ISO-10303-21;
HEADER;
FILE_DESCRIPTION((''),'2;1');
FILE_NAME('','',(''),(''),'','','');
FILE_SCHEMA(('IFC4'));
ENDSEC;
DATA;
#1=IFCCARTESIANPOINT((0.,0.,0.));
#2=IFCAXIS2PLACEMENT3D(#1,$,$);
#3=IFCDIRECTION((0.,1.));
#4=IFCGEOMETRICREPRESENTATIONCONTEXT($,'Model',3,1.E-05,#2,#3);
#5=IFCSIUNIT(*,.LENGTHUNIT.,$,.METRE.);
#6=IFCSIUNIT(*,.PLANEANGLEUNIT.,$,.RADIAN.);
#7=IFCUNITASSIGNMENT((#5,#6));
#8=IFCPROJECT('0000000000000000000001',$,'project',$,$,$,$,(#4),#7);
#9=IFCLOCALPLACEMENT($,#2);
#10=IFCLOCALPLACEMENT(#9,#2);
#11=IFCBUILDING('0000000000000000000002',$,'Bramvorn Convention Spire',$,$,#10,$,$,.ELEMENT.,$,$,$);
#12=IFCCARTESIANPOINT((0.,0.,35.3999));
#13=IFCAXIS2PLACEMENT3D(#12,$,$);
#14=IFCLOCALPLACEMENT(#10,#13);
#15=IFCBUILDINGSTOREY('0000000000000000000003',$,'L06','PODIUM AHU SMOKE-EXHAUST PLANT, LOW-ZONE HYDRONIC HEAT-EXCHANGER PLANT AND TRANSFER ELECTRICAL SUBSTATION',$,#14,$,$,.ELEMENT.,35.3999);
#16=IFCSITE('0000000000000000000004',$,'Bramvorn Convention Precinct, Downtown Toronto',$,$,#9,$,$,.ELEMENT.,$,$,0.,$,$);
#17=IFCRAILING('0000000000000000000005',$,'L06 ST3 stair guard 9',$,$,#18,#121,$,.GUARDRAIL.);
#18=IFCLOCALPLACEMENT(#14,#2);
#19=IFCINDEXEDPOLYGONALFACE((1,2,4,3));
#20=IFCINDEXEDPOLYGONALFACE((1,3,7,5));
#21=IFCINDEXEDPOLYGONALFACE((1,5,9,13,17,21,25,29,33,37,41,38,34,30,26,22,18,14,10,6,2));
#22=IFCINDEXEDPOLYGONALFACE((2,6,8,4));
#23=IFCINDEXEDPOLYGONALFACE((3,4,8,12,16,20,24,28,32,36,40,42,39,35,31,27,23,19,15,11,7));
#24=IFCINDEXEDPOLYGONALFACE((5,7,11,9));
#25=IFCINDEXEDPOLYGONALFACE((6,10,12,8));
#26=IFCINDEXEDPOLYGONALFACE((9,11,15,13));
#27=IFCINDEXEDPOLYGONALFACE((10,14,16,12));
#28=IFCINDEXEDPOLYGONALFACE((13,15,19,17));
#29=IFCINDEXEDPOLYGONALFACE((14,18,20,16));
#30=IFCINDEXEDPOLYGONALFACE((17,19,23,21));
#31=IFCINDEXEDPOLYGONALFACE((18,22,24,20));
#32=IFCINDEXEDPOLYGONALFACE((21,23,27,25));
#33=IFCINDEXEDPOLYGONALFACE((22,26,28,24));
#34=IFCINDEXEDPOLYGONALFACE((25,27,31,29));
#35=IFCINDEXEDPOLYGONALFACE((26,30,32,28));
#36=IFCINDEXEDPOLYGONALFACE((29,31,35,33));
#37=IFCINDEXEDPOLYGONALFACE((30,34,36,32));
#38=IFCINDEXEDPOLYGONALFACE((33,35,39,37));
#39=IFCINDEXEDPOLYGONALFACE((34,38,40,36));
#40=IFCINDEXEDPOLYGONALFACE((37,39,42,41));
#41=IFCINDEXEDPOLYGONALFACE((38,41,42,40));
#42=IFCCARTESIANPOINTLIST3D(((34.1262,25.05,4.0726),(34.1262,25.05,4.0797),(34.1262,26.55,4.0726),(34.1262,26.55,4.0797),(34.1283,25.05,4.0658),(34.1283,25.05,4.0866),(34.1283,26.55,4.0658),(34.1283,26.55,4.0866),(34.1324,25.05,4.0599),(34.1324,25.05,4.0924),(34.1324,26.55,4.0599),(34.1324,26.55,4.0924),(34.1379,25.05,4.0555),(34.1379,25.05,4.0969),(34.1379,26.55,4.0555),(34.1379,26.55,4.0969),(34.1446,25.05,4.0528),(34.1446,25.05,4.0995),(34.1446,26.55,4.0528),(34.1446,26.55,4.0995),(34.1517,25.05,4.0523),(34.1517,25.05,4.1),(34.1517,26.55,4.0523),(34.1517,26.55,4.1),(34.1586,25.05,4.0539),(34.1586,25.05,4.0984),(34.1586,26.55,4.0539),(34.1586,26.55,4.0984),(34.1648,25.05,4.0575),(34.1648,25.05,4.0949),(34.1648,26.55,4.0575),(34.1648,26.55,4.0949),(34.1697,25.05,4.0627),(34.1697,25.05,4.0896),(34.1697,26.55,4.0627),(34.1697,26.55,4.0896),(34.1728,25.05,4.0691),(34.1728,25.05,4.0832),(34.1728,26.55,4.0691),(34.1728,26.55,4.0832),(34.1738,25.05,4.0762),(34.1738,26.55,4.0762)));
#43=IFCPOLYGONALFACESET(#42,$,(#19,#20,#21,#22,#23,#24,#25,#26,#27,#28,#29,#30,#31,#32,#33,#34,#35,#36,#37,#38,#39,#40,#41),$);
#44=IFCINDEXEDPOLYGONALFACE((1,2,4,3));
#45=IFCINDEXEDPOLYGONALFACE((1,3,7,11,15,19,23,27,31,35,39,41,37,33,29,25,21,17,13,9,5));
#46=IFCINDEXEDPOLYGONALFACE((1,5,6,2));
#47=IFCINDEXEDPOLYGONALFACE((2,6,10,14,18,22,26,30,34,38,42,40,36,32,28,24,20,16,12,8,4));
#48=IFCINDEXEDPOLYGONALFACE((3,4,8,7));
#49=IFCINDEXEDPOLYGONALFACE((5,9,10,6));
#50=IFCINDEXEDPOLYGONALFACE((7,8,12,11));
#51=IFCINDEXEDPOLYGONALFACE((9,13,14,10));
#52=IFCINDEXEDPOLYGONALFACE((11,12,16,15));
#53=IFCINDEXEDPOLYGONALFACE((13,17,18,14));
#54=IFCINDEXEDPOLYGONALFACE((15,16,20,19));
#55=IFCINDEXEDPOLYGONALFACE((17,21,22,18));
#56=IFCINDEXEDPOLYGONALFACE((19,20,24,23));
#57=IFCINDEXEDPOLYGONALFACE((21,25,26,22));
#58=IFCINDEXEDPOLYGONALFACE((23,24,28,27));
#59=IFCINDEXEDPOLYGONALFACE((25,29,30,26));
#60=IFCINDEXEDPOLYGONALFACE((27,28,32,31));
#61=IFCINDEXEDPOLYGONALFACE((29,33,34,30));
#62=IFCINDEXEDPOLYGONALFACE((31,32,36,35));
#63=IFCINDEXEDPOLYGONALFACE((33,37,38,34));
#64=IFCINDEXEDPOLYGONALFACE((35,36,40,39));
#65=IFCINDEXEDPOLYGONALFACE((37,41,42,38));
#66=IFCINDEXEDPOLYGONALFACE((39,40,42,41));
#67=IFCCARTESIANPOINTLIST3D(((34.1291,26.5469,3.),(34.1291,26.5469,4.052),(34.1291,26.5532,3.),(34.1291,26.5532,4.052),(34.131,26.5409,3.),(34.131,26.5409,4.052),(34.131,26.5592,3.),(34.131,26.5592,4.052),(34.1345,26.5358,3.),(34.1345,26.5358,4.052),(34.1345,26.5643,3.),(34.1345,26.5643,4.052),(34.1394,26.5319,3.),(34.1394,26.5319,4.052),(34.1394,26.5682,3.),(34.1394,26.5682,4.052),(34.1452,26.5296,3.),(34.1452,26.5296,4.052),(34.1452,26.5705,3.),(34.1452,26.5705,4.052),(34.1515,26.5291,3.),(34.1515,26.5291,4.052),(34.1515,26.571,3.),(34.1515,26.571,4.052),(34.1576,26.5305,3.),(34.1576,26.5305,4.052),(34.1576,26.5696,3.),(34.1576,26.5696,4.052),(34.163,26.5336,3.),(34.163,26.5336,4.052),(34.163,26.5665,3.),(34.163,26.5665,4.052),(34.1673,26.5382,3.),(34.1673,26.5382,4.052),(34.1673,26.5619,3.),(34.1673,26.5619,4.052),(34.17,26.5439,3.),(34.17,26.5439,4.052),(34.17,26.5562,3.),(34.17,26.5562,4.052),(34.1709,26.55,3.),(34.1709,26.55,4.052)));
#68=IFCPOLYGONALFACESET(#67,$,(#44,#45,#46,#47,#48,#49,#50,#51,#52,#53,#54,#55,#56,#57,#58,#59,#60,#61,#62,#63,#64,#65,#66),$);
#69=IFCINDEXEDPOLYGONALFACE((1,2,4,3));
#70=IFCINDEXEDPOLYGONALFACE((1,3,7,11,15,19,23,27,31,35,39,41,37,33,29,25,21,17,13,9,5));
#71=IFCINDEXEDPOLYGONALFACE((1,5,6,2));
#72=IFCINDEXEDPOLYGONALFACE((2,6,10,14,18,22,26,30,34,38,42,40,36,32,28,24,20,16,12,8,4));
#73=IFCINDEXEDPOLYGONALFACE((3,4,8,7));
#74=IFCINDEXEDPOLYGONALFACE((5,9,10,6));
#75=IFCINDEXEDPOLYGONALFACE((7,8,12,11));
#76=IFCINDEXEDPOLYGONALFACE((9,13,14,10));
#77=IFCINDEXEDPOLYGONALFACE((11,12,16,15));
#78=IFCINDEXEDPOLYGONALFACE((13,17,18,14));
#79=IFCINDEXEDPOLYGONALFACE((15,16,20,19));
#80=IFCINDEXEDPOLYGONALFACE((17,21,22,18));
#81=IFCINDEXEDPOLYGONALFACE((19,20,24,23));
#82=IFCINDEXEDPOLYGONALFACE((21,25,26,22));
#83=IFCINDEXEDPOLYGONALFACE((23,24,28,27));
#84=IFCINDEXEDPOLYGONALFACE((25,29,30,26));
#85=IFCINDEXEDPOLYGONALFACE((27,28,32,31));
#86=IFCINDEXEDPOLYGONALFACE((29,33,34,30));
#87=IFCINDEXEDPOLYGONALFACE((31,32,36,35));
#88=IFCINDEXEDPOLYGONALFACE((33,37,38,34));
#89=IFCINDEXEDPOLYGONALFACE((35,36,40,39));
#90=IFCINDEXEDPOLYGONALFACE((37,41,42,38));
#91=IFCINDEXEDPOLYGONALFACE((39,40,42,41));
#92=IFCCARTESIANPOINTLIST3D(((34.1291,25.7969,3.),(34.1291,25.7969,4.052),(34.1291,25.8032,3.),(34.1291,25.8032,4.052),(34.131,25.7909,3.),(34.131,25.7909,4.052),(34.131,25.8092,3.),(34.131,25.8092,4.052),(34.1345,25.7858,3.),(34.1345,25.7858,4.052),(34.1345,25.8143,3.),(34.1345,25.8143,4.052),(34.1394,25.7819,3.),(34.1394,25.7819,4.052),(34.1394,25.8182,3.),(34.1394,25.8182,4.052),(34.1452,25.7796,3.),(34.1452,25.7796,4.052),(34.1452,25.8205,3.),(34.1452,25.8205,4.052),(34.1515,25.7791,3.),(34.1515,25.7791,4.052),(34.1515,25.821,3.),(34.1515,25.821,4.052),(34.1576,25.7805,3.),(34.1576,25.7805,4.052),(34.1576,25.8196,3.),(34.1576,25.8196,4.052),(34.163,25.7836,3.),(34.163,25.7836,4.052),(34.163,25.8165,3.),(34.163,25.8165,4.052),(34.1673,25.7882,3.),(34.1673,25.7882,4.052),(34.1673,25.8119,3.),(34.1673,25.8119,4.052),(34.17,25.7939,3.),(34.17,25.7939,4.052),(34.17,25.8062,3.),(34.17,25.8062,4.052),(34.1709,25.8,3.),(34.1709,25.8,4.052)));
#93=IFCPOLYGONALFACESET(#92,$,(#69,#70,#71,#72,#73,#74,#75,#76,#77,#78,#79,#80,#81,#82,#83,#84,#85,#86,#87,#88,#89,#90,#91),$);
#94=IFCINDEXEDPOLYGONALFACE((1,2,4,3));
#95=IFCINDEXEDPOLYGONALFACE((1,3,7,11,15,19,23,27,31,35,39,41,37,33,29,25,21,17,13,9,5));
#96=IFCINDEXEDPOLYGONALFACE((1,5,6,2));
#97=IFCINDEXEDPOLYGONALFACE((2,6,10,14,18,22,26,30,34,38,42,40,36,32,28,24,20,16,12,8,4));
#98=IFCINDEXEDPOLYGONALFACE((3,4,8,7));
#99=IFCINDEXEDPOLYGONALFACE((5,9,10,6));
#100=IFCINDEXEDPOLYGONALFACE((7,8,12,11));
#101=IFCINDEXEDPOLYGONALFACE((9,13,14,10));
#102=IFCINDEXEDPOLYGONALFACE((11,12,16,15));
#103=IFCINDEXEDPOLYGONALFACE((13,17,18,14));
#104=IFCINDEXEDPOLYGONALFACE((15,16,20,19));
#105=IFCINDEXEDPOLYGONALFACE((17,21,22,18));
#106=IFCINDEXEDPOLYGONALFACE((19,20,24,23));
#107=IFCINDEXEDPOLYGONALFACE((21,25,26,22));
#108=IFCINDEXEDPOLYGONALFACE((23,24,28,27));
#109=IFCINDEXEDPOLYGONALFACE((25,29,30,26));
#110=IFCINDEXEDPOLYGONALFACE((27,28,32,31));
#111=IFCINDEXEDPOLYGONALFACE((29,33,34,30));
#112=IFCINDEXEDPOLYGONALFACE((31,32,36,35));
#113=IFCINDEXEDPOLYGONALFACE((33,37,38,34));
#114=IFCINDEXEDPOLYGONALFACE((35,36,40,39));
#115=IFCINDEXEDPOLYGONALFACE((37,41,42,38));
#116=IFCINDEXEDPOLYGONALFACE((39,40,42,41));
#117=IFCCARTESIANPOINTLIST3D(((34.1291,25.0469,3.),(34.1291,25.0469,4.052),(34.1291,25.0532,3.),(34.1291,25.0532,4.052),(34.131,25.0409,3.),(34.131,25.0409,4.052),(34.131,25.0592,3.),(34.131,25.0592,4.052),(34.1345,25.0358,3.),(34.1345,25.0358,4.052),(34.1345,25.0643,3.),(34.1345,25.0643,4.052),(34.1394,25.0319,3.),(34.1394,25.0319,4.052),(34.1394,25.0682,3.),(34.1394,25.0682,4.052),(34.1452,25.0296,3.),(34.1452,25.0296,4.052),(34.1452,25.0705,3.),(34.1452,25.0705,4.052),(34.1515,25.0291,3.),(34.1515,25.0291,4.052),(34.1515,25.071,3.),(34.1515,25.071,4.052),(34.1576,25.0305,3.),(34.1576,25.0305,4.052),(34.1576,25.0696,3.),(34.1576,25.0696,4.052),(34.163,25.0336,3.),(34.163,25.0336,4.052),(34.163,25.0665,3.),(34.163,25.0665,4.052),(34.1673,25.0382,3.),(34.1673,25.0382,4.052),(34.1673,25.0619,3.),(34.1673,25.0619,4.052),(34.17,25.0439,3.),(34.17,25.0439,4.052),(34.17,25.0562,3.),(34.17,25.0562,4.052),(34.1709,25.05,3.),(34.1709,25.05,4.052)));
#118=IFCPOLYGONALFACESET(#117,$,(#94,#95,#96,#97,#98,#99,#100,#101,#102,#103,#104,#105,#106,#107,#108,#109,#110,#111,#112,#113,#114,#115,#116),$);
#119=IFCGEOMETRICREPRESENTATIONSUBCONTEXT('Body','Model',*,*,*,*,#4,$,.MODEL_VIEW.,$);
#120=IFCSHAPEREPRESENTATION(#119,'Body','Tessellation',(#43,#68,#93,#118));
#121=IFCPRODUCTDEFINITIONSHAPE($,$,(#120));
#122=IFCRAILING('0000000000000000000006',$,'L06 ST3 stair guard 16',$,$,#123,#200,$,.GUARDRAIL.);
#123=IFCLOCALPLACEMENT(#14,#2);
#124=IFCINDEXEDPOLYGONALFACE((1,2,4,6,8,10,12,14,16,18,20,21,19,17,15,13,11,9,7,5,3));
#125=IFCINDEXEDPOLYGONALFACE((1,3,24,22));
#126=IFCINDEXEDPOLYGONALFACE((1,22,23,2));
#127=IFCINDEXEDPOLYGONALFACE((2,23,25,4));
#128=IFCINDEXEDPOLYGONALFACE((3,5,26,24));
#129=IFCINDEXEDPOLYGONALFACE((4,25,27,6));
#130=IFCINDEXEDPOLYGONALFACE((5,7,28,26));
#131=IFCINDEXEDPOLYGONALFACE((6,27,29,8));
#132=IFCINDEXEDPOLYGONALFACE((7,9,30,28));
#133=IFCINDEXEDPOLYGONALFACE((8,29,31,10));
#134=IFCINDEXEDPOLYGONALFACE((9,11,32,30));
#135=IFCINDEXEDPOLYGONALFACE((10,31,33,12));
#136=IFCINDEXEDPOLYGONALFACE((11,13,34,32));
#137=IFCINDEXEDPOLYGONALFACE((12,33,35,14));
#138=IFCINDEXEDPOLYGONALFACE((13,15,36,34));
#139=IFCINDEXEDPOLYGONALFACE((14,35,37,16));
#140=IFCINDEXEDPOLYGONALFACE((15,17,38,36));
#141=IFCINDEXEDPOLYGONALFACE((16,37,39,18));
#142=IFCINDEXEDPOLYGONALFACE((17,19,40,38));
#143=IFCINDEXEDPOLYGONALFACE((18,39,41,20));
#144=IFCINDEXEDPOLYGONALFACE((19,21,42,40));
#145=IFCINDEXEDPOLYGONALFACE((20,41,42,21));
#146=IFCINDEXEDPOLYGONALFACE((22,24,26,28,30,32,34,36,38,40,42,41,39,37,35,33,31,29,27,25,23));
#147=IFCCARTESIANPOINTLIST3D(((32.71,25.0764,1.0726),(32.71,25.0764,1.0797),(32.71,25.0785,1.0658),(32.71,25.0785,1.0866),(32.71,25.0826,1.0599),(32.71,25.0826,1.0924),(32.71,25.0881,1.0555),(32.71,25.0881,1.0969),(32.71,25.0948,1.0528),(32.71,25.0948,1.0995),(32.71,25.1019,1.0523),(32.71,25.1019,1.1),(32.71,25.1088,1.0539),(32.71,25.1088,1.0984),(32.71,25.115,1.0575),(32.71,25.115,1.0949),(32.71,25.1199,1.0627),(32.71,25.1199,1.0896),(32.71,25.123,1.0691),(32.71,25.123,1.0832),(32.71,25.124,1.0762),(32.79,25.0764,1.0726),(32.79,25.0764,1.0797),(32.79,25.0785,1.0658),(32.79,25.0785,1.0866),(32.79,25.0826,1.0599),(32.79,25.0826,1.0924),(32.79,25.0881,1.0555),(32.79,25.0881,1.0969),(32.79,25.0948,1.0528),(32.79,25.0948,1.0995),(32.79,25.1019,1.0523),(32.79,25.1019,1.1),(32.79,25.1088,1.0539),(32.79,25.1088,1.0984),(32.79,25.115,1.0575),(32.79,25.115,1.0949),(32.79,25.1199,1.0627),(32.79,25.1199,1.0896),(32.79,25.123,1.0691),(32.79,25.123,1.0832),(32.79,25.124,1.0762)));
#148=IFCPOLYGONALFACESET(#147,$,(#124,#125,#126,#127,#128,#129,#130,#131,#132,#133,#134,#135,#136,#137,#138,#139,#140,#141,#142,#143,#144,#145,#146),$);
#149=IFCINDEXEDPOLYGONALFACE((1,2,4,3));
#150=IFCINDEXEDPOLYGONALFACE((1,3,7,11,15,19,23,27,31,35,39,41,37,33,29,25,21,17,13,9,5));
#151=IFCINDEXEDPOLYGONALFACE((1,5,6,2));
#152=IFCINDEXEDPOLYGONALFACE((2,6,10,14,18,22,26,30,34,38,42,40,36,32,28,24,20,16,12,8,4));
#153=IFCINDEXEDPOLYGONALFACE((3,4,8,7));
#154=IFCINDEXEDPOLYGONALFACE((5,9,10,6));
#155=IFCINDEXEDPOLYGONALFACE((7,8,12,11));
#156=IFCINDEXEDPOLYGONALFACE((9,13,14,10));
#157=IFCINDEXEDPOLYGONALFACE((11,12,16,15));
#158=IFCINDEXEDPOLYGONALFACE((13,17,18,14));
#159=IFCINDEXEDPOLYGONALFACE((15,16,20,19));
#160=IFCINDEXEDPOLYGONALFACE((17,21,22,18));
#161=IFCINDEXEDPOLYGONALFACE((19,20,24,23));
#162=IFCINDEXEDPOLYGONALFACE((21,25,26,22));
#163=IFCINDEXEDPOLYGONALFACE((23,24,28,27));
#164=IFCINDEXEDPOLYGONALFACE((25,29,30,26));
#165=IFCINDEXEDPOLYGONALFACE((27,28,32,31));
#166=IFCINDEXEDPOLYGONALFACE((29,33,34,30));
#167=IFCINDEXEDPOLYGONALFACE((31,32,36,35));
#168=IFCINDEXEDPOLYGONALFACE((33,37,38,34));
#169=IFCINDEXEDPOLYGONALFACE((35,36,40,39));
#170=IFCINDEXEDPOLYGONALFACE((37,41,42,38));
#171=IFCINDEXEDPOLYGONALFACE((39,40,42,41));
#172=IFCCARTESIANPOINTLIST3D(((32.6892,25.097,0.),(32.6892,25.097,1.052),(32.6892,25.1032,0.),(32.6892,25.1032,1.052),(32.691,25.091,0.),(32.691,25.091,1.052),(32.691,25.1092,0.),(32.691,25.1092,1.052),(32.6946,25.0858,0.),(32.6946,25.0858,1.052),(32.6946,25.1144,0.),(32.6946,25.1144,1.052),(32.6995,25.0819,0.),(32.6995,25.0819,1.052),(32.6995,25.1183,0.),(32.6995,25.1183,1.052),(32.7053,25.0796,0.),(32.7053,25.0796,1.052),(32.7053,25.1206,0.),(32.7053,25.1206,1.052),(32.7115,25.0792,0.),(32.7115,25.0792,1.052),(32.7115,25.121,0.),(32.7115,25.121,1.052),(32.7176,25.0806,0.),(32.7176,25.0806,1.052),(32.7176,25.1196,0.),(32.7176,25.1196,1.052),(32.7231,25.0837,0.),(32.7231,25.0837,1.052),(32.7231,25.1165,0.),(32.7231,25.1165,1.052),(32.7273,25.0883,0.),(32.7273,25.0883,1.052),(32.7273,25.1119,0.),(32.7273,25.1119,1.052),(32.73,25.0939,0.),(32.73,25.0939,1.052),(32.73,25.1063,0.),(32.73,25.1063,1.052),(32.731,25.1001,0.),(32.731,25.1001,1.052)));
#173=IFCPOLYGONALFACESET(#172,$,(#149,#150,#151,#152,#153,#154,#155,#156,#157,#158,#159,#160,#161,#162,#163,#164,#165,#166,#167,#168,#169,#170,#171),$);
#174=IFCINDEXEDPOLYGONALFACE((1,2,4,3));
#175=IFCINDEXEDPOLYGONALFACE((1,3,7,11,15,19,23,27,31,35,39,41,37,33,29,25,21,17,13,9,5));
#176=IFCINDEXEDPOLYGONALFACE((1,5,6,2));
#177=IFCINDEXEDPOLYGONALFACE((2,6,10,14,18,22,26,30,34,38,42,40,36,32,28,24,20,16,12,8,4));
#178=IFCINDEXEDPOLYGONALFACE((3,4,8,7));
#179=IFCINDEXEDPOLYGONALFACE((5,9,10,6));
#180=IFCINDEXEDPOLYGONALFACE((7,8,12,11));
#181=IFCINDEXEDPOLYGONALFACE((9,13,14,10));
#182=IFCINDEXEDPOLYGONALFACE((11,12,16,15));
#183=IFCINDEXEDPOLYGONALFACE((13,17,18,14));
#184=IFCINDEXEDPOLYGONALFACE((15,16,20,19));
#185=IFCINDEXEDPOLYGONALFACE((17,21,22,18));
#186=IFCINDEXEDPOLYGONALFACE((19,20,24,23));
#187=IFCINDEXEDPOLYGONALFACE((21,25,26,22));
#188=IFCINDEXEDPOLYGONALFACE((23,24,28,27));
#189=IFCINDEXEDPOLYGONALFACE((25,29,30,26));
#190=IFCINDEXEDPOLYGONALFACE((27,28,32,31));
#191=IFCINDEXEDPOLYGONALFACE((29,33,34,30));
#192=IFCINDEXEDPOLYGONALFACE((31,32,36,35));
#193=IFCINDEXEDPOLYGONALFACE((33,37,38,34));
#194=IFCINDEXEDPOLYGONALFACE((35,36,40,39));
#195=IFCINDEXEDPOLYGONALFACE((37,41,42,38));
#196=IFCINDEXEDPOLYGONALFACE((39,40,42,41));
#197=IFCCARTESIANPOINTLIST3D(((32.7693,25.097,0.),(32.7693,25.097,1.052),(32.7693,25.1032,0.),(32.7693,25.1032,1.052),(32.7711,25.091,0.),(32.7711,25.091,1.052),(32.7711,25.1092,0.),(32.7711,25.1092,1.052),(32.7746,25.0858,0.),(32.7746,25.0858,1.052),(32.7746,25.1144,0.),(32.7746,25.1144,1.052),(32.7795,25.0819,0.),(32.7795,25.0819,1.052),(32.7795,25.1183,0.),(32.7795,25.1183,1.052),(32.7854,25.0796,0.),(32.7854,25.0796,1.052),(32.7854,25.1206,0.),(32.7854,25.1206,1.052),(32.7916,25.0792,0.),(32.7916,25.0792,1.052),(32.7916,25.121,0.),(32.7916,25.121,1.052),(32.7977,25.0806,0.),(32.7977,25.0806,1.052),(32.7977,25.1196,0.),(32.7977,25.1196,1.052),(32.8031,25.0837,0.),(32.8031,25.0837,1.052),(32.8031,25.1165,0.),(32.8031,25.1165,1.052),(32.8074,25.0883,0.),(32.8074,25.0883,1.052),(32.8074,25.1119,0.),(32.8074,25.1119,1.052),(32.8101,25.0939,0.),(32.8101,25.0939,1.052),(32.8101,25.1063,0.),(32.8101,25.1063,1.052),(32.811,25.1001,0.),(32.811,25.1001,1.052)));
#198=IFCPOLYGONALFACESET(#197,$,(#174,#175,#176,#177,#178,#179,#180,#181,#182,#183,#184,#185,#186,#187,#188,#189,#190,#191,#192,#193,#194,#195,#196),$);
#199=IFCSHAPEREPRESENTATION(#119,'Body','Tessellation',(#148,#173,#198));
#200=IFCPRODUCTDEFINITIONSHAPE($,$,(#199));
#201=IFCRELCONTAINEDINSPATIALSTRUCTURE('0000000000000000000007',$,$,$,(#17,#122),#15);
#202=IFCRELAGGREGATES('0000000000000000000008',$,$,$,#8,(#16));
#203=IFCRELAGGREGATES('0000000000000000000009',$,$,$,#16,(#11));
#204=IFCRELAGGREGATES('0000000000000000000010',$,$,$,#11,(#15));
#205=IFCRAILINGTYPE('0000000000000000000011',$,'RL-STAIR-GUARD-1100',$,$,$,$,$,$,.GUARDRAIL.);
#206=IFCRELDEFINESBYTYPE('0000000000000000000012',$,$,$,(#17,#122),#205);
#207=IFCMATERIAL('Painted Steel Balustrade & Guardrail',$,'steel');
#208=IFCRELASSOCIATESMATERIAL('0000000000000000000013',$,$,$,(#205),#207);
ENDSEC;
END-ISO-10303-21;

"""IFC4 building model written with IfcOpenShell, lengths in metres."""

from ifc_helpers import new_model, si_unit, direction, frame, origin, origin_2d, place, context, subcontext, project, spatial, circle, extrude, material, type_object, element, save


model = new_model("IFC4")

# Units and contexts
model_context = context("Model", 3, precision=1e-05, world=origin(), true_north=direction((0.0, 1.0)))
body_context = subcontext(model_context, "Body", "Model", "MODEL_VIEW")
ifc_project = project(units=[si_unit("LENGTHUNIT", "METRE"), si_unit("PLANEANGLEUNIT", "RADIAN")], contexts=[model_context])

# Site, building, storey
site_placement = place(None, origin())
site = spatial("IfcSite", under=ifc_project, at=site_placement, Name="Bramvorn Convention Precinct, Downtown Toronto", CompositionType="ELEMENT", RefElevation=0.0)
building_placement = place(site_placement, origin())
building = spatial("IfcBuilding", under=site, at=building_placement, Name="Bramvorn Convention Spire", CompositionType="ELEMENT")
storey_placement = place(building_placement, frame((0.0, 0.0, 35.3999)))
storey = spatial("IfcBuildingStorey", under=building, at=storey_placement, Name="L06", Description="PODIUM AHU SMOKE-EXHAUST PLANT, LOW-ZONE HYDRONIC HEAT-EXCHANGER PLANT AND TRANSFER ELECTRICAL SUBSTATION", CompositionType="ELEMENT", Elevation=35.3999)

# Railings
ifc_material_1 = material(Name="Painted Steel Balustrade & Guardrail", Category="steel")
railing_type_1 = type_object("IfcRailingType", Name="RL-STAIR-GUARD-1100", PredefinedType="GUARDRAIL", material=ifc_material_1)
railing_1_placement = place(storey_placement, frame((34.1499, 26.55, 3.0)))
element("IfcRailing", 1, at=railing_1_placement, inside=storey, type_object=railing_type_1, Name="L06 ST3 stair guard 9", PredefinedType="GUARDRAIL", context=body_context, shape_type="SweptSolid", body=[
    extrude(circle(Radius=0.0239, at=origin_2d()), frame((0.0, 0.0, 1.0762), z_axis=(0.0, -1.0, 0.0), x_axis=(1.0, 0.0, 0.0)), (0.0, 0.0, 1.0), 1.5),
    extrude(circle(Radius=0.021, at=origin_2d()), origin(), (0.0, 0.0, 1.0), 1.052),
    extrude(circle(Radius=0.021, at=origin_2d()), frame((0.0, -0.75, 0.0)), (0.0, 0.0, 1.0), 1.052),
    extrude(circle(Radius=0.021, at=origin_2d()), frame((0.0, -1.5, 0.0)), (0.0, 0.0, 1.0), 1.052),
])
railing_2_placement = place(storey_placement, frame((32.71, 25.1001, 0.0)))
element("IfcRailing", 2, at=railing_2_placement, inside=storey, type_object=railing_type_1, Name="L06 ST3 stair guard 16", PredefinedType="GUARDRAIL", context=body_context, shape_type="SweptSolid", body=[
    extrude(circle(Radius=0.0239, at=origin_2d()), frame((0.0, 0.0, 1.0762), z_axis=(1.0, 0.0, 0.0), x_axis=(0.0, 1.0, 0.0)), (0.0, 0.0, 1.0), 0.0801),
    extrude(circle(Radius=0.021, at=origin_2d()), origin(), (0.0, 0.0, 1.0), 1.052),
    extrude(circle(Radius=0.021, at=origin_2d()), frame((0.0801, 0.0, 0.0)), (0.0, 0.0, 1.0), 1.052),
])

save(model, "model.ifc")
